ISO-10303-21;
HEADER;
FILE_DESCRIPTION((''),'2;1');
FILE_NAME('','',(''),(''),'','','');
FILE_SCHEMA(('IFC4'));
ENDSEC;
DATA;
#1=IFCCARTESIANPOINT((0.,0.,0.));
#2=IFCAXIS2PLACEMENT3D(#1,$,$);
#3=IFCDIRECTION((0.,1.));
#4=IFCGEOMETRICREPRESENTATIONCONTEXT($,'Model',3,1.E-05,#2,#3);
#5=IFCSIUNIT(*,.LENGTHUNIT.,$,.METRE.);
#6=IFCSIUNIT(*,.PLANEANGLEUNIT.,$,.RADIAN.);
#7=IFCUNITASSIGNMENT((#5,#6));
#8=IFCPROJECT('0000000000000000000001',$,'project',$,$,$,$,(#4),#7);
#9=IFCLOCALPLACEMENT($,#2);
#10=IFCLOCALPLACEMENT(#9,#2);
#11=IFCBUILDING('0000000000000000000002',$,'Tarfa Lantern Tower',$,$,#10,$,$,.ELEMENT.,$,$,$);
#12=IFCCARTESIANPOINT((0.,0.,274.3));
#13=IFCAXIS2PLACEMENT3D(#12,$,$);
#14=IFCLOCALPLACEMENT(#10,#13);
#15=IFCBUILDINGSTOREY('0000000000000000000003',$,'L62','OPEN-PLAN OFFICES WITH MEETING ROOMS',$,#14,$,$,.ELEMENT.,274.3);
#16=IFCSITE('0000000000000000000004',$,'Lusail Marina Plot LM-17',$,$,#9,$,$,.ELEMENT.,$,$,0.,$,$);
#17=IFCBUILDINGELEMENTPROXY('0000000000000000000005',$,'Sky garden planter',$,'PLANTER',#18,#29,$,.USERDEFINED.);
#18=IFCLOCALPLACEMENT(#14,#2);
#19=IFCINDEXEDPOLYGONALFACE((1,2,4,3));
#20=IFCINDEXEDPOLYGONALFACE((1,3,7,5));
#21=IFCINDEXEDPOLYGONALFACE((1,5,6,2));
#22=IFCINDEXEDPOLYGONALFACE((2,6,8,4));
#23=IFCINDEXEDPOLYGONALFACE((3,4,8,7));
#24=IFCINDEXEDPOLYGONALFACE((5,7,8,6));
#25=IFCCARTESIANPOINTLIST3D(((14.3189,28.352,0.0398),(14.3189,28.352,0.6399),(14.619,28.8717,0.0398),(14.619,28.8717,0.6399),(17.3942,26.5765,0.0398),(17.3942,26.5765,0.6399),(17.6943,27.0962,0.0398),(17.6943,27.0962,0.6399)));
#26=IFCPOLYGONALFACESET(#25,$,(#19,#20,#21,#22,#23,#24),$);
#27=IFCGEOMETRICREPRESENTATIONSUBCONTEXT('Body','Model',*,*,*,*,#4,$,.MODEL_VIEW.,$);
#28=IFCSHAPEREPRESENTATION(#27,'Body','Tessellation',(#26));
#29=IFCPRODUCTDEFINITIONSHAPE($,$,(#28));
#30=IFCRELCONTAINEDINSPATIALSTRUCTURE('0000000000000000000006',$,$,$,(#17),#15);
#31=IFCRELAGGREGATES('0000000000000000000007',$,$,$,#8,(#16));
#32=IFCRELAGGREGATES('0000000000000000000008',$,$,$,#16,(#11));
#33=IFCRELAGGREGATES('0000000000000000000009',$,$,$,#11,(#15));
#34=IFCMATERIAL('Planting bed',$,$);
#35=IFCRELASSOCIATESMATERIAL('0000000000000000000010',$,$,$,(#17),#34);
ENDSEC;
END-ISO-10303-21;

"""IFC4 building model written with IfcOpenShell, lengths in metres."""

from ifc_helpers import new_model, si_unit, direction, frame, origin, origin_2d, place, context, subcontext, project, spatial, rectangle, extrude, material, element, save


model = new_model("IFC4")

# Units and contexts
model_context = context("Model", 3, precision=1e-05, world=origin(), true_north=direction((0.0, 1.0)))
body_context = subcontext(model_context, "Body", "Model", "MODEL_VIEW")
ifc_project = project(units=[si_unit("LENGTHUNIT", "METRE"), si_unit("PLANEANGLEUNIT", "RADIAN")], contexts=[model_context])

# Site, building, storey
site_placement = place(None, origin())
site = spatial("IfcSite", under=ifc_project, at=site_placement, Name="Lusail Marina Plot LM-17", CompositionType="ELEMENT", RefElevation=0.0)
building_placement = place(site_placement, origin())
building = spatial("IfcBuilding", under=site, at=building_placement, Name="Tarfa Lantern Tower", CompositionType="ELEMENT")
storey_placement = place(building_placement, frame((0.0, 0.0, 274.3)))
storey = spatial("IfcBuildingStorey", under=building, at=storey_placement, Name="L62", Description="OPEN-PLAN OFFICES WITH MEETING ROOMS", CompositionType="ELEMENT", Elevation=274.3)

# Building element proxy
ifc_material_1 = material(Name="Planting bed")
proxy_placement = place(storey_placement, frame((16.0066, 27.7241, 0.0398), z_axis=(0.0, 0.0, 1.0), x_axis=(-0.866025, 0.5, 0.0)))
element("IfcBuildingElementProxy", 1, at=proxy_placement, inside=storey, material=ifc_material_1, Name="Sky garden planter", ObjectType="PLANTER", PredefinedType="USERDEFINED", context=body_context, shape_type="SweptSolid", body=[
    extrude(rectangle(XDim=3.551, YDim=0.6001, at=origin_2d()), origin(), (0.0, 0.0, 1.0), 0.6001),
])

save(model, "model.ifc")
